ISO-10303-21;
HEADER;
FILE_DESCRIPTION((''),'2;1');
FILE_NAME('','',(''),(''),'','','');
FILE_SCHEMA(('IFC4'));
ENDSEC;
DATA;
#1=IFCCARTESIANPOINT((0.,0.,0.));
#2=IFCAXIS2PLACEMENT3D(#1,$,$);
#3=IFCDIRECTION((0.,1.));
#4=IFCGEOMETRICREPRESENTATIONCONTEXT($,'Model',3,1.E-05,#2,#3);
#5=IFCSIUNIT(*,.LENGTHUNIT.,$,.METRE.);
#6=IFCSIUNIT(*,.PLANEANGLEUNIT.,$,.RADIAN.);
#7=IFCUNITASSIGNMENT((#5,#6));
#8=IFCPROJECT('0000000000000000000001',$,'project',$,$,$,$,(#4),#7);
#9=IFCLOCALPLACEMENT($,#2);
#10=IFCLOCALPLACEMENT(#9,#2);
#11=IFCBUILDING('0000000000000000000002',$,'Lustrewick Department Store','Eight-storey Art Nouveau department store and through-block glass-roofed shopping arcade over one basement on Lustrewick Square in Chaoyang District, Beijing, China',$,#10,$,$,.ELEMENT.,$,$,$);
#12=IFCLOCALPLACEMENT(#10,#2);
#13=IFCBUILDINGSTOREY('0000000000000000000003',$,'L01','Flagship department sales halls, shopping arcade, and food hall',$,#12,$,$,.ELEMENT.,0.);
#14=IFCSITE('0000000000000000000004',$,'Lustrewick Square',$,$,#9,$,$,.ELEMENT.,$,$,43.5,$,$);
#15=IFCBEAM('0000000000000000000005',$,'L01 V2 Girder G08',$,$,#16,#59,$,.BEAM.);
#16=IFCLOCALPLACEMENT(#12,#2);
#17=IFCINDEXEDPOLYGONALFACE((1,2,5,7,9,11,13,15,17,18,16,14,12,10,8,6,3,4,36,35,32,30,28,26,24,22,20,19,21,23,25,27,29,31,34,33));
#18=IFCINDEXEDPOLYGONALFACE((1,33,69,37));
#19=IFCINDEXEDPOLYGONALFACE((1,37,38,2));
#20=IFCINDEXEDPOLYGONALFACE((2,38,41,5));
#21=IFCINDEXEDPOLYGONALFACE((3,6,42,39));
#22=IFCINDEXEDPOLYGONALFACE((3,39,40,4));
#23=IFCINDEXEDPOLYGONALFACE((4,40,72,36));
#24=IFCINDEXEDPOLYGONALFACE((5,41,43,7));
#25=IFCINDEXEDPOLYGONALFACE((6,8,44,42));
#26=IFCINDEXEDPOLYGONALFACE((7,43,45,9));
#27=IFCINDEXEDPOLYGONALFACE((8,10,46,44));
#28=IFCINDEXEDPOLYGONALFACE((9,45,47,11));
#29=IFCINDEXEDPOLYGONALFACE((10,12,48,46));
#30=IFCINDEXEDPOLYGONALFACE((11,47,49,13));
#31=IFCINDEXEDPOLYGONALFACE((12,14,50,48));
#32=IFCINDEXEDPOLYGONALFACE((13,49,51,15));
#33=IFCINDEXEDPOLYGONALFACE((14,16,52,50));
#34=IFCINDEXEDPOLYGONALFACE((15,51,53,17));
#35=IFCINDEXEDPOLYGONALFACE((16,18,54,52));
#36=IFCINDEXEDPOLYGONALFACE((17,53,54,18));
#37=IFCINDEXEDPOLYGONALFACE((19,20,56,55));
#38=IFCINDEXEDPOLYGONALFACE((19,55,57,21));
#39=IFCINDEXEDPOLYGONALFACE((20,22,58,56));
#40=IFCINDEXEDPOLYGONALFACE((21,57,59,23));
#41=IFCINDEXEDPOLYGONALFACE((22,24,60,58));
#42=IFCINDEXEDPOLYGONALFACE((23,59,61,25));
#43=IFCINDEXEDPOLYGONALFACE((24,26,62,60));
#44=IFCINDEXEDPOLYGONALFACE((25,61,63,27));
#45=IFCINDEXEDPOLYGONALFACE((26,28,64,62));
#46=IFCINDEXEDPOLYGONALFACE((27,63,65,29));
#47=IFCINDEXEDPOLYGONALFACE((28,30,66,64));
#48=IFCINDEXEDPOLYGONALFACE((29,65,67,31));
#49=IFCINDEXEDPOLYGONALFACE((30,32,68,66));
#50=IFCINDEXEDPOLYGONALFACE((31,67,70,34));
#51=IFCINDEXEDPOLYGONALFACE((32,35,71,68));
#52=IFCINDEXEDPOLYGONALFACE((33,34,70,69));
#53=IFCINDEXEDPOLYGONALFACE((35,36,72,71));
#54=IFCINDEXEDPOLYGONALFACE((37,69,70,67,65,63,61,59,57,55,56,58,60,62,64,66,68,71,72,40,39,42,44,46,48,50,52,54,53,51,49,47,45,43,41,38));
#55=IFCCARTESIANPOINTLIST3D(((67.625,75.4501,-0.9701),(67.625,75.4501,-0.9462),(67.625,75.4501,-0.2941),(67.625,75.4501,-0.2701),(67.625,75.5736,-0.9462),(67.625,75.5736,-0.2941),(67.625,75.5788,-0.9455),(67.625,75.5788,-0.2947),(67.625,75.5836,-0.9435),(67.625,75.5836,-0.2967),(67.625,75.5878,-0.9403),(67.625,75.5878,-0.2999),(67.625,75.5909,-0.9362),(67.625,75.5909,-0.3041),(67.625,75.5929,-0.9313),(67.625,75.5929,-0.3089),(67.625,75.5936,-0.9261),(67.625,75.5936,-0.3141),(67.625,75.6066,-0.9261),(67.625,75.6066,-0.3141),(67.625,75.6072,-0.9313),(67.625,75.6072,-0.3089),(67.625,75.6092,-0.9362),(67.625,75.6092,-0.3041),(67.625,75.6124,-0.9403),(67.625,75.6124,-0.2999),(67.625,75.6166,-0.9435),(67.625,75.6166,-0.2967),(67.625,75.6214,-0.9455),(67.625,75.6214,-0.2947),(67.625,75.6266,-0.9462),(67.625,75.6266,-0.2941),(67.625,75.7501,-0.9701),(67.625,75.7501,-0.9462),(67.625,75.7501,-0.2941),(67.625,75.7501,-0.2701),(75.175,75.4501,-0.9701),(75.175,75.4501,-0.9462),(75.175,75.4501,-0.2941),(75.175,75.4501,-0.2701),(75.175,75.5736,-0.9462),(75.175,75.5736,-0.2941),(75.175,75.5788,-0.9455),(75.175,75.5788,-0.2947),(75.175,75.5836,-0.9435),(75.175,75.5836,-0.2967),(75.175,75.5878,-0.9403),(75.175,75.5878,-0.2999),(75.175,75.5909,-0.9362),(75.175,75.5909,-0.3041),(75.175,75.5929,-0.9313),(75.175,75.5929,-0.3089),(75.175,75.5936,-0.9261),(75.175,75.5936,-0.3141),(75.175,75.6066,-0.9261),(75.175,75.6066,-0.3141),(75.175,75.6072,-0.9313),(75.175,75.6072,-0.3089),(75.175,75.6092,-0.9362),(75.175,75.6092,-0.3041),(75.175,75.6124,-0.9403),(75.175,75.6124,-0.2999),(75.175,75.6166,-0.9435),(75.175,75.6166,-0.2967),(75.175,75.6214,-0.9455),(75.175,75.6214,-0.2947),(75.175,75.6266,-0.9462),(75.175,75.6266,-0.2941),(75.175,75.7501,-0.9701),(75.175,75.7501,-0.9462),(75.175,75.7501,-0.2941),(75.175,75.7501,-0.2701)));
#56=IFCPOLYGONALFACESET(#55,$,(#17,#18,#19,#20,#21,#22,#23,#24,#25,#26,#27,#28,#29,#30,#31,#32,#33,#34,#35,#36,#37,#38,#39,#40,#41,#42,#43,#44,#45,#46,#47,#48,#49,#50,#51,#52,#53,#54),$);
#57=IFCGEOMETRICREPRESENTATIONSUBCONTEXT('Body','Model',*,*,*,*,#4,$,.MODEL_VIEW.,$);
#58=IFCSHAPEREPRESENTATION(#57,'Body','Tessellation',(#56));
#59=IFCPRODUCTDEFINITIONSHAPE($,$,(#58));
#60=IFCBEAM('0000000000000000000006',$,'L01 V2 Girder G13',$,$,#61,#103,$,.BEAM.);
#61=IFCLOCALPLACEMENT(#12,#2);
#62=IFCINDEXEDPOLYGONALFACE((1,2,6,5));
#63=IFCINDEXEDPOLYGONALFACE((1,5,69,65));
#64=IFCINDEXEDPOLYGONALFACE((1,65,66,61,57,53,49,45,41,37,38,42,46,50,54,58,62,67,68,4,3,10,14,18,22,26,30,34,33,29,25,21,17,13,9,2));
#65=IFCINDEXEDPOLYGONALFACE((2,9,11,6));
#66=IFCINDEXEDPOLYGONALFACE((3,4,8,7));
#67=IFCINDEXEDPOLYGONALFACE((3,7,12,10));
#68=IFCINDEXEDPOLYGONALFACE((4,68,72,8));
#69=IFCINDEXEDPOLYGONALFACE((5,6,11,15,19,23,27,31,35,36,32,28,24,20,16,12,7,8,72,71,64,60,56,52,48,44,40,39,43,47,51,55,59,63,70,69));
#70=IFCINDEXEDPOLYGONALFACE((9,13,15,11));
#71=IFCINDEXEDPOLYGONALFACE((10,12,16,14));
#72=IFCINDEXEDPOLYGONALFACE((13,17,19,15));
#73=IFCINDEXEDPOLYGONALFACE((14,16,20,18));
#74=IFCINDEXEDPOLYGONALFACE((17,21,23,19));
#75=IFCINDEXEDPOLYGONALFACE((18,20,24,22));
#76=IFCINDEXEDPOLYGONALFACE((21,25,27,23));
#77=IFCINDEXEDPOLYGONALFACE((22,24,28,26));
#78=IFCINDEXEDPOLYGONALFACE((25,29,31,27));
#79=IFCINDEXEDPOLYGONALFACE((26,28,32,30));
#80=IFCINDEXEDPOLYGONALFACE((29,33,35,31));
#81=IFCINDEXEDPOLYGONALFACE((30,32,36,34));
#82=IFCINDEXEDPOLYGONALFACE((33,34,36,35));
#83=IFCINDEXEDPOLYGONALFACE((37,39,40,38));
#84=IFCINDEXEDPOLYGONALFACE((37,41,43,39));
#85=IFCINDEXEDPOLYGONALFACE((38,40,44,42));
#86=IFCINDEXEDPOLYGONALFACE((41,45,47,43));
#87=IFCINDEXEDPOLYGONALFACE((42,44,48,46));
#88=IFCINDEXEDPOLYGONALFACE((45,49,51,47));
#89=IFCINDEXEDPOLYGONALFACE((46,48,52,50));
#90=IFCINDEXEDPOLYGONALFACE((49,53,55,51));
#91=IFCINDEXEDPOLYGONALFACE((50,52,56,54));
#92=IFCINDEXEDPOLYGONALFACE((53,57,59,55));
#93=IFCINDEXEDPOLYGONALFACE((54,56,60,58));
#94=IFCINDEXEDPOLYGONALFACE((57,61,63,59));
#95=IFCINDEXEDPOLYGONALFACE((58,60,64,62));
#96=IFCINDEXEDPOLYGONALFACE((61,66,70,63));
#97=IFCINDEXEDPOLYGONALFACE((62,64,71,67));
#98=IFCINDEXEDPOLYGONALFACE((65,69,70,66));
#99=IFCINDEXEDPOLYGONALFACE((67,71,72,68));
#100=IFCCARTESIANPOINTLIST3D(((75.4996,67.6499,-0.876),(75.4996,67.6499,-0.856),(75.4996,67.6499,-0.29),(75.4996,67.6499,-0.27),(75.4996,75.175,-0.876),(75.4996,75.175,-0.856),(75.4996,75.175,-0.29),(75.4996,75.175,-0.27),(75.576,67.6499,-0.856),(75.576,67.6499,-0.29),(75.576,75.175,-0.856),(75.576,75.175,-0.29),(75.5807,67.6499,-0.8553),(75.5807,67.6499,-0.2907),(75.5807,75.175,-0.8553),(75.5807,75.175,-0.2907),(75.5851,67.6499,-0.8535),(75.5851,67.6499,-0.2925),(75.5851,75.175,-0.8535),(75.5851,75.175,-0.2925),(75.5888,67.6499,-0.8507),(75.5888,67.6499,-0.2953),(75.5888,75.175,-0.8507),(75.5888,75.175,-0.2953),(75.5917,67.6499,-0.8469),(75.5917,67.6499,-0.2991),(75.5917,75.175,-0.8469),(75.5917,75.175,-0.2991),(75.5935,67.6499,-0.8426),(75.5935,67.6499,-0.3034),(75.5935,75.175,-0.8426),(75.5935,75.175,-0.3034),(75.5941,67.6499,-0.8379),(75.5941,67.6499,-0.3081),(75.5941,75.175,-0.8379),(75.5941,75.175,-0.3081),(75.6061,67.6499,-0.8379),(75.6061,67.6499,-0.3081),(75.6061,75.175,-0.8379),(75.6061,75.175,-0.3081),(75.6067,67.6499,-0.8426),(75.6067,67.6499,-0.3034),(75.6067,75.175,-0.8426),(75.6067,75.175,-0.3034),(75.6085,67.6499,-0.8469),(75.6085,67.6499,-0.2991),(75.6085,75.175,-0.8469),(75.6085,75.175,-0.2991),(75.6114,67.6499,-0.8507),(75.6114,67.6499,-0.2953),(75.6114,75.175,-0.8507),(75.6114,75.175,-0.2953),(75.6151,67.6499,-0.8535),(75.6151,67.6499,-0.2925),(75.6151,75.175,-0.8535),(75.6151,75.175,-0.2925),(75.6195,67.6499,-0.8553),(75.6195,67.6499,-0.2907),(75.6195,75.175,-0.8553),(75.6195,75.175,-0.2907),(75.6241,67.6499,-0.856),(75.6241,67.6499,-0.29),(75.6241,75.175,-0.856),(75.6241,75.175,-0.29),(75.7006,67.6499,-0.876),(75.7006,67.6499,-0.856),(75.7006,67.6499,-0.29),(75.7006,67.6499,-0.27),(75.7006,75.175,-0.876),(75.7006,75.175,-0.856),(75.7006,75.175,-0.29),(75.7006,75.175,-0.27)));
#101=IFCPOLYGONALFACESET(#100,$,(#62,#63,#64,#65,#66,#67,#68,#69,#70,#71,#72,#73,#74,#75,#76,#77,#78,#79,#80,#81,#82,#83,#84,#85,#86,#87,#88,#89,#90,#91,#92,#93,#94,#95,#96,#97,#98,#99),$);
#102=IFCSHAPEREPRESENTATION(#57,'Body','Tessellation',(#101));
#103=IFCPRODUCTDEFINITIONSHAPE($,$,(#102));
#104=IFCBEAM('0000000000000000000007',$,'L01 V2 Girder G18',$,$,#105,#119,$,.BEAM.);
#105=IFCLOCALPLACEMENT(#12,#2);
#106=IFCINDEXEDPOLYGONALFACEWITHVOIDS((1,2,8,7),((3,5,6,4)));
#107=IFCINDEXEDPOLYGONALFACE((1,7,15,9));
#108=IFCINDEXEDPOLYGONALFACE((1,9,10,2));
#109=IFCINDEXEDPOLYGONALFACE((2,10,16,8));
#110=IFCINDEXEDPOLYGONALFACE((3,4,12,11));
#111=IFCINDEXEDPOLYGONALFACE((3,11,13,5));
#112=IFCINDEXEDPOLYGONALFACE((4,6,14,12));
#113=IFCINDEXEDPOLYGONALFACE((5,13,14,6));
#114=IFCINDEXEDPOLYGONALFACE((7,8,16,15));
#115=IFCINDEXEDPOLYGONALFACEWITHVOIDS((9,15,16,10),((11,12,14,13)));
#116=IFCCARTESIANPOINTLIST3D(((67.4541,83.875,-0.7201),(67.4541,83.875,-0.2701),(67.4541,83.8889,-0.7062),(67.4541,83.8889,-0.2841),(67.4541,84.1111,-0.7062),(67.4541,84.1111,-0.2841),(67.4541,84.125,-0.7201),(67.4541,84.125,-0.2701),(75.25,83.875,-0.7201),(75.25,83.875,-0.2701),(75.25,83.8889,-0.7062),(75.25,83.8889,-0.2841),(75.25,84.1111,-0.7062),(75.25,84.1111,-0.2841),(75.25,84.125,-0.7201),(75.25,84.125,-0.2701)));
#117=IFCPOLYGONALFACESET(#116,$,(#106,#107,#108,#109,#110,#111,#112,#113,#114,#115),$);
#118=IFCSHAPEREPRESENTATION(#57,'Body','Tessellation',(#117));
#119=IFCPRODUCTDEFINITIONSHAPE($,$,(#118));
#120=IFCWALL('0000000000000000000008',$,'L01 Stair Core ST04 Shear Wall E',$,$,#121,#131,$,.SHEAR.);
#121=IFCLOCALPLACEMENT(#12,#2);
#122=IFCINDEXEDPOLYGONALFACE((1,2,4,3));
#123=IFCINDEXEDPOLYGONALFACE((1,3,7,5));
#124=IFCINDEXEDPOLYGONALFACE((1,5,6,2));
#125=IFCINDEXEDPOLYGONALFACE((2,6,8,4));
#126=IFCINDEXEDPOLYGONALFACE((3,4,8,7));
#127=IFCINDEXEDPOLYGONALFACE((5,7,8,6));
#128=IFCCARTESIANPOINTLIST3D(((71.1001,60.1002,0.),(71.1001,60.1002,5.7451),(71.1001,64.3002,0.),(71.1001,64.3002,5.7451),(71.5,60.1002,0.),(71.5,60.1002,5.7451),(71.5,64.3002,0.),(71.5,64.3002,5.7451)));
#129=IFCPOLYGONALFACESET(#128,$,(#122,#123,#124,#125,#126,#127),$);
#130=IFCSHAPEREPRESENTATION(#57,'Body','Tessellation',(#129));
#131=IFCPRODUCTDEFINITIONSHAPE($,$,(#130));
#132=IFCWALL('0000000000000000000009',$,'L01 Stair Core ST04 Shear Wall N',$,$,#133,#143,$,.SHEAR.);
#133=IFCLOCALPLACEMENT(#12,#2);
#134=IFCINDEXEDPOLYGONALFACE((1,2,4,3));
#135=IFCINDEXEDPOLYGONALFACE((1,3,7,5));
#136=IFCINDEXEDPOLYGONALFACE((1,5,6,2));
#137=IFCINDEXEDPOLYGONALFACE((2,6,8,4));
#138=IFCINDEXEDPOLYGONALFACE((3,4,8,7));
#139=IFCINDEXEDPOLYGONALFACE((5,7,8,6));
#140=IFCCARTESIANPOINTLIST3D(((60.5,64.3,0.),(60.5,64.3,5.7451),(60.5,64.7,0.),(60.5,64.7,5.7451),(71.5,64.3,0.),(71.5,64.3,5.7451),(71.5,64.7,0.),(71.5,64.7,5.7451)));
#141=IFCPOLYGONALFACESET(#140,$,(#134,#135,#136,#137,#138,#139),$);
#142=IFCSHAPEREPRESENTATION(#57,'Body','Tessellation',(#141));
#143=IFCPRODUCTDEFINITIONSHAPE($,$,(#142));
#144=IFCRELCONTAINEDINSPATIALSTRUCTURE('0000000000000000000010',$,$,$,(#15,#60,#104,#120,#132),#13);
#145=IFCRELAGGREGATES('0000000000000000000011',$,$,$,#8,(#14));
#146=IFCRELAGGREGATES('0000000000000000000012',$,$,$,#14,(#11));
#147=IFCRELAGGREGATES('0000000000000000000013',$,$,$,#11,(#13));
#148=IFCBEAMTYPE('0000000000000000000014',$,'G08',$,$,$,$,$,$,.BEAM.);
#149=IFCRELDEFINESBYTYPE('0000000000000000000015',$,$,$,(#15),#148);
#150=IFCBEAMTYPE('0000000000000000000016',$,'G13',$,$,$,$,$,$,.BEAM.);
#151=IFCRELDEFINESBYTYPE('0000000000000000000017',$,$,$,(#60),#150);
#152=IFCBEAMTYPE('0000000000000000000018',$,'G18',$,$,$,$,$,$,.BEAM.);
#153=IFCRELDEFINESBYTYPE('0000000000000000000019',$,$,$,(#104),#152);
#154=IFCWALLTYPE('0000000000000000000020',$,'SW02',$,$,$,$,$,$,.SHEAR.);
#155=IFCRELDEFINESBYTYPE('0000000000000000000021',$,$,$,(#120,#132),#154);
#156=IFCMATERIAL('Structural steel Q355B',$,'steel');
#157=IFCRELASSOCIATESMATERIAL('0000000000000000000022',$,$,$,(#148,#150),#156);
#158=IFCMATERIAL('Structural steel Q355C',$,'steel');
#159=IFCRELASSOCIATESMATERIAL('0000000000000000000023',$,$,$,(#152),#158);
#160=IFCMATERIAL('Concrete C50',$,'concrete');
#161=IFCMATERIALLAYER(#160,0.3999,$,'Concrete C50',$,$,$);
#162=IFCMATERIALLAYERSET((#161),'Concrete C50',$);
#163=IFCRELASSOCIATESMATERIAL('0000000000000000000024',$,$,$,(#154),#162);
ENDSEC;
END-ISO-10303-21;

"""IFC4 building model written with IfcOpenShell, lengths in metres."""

from ifc_helpers import new_model, si_unit, direction, frame, frame_2d, origin, origin_2d, place, context, subcontext, project, spatial, rectangle, hollow_rectangle, i_section, extrude, material, layer, layer_set, material_profile, profile_set, type_object, element, save


model = new_model("IFC4")

# Units and contexts
model_context = context("Model", 3, precision=1e-05, world=origin(), true_north=direction((0.0, 1.0)))
body_context = subcontext(model_context, "Body", "Model", "MODEL_VIEW")
ifc_project = project(units=[si_unit("LENGTHUNIT", "METRE"), si_unit("PLANEANGLEUNIT", "RADIAN")], contexts=[model_context])

# Site, building, storey
site_placement = place(None, origin())
site = spatial("IfcSite", under=ifc_project, at=site_placement, Name="Lustrewick Square", CompositionType="ELEMENT", RefElevation=43.5)
building_placement = place(site_placement, origin())
building = spatial("IfcBuilding", under=site, at=building_placement, Name="Lustrewick Department Store", Description="Eight-storey Art Nouveau department store and through-block glass-roofed shopping arcade over one basement on Lustrewick Square in Chaoyang District, Beijing, China", CompositionType="ELEMENT")
storey_placement = place(building_placement, origin())
storey = spatial("IfcBuildingStorey", under=building, at=storey_placement, Name="L01", Description="Flagship department sales halls, shopping arcade, and food hall", CompositionType="ELEMENT", Elevation=0.0)

# Shared definitions
ifc_material_1 = material(Name="Structural steel Q355C", Category="steel")
ifc_material_2 = material(Name="Structural steel Q355B", Category="steel")

# Beams
ifc_material_profile_1 = material_profile(ifc_material_2, i_section(OverallWidth=0.3, OverallDepth=0.7, WebThickness=0.0129, FlangeThickness=0.0239, FilletRadius=0.02, at=origin_2d()), Name="HN 700x300x13x24")
ifc_profile_set_1 = profile_set([ifc_material_profile_1], Name="Structural steel Q355B")
beam_type_1 = type_object("IfcBeamType", Name="G08", PredefinedType="BEAM", material=ifc_profile_set_1)
beam_1_placement = place(storey_placement, frame((67.625, 75.6001, -0.6201), z_axis=(1.0, 0.0, 0.0), x_axis=(0.0, 1.0, 0.0)))
element("IfcBeam", 1, at=beam_1_placement, inside=storey, type_object=beam_type_1, Name="L01 V2 Girder G08", PredefinedType="BEAM", context=body_context, shape_type="SweptSolid", body=[
    extrude(i_section(OverallWidth=0.3, OverallDepth=0.7, WebThickness=0.0129, FlangeThickness=0.0239, FilletRadius=0.02, at=origin_2d()), origin(), (0.0, 0.0, 1.0), 7.55),
])
ifc_material_profile_2 = material_profile(ifc_material_2, i_section(OverallWidth=0.2009, OverallDepth=0.606, WebThickness=0.012, FlangeThickness=0.02, FilletRadius=0.0181, at=origin_2d()), Name="HN 606x201x12x20")
ifc_profile_set_2 = profile_set([ifc_material_profile_2], Name="Structural steel Q355B")
beam_type_2 = type_object("IfcBeamType", Name="G13", PredefinedType="BEAM", material=ifc_profile_set_2)
beam_2_placement = place(storey_placement, frame((75.6001, 67.6499, -0.573), z_axis=(0.0, 1.0, 0.0), x_axis=(-1.0, 0.0, 0.0)))
element("IfcBeam", 2, at=beam_2_placement, inside=storey, type_object=beam_type_2, Name="L01 V2 Girder G13", PredefinedType="BEAM", context=body_context, shape_type="SweptSolid", body=[
    extrude(i_section(OverallWidth=0.2009, OverallDepth=0.606, WebThickness=0.012, FlangeThickness=0.02, FilletRadius=0.0181, at=origin_2d()), origin(), (0.0, 0.0, 1.0), 7.5251),
])
ifc_material_profile_3 = material_profile(ifc_material_1, hollow_rectangle(XDim=0.25, YDim=0.45, WallThickness=0.0139, at=origin_2d()), Name="RHS 450x250x14")
ifc_profile_set_3 = profile_set([ifc_material_profile_3], Name="Structural steel Q355C")
beam_type_3 = type_object("IfcBeamType", Name="G18", PredefinedType="BEAM", material=ifc_profile_set_3)
beam_3_placement = place(storey_placement, frame((67.4541, 84.0, -0.4951), z_axis=(1.0, 0.0, 0.0), x_axis=(0.0, 1.0, 0.0)))
element("IfcBeam", 3, at=beam_3_placement, inside=storey, type_object=beam_type_3, Name="L01 V2 Girder G18", PredefinedType="BEAM", context=body_context, shape_type="SweptSolid", body=[
    extrude(hollow_rectangle(XDim=0.25, YDim=0.45, WallThickness=0.0139, at=origin_2d()), origin(), (0.0, 0.0, 1.0), 7.7959),
])

# Walls
ifc_material_3 = material(Name="Concrete C50", Category="concrete")
ifc_layer = layer(ifc_material_3, 0.3999, Name="Concrete C50")
ifc_layer_set = layer_set([ifc_layer], Name="Concrete C50")
wall_type = type_object("IfcWallType", Name="SW02", PredefinedType="SHEAR", material=ifc_layer_set)
wall_1_placement = place(storey_placement, frame((71.3, 60.1001, 0.0), z_axis=(0.0, 0.0, 1.0), x_axis=(0.0, 1.0, 0.0)))
element("IfcWall", 4, at=wall_1_placement, inside=storey, type_object=wall_type, Name="L01 Stair Core ST04 Shear Wall E", PredefinedType="SHEAR", context=body_context, shape_type="SweptSolid", body=[
    extrude(rectangle(XDim=4.2, YDim=0.3999, at=frame_2d((2.1001, 0.0))), origin(), (0.0, 0.0, 1.0), 5.7451),
])
wall_2_placement = place(storey_placement, frame((71.5, 64.5, 0.0), z_axis=(0.0, 0.0, 1.0), x_axis=(-1.0, 0.0, 0.0)))
element("IfcWall", 5, at=wall_2_placement, inside=storey, type_object=wall_type, Name="L01 Stair Core ST04 Shear Wall N", PredefinedType="SHEAR", context=body_context, shape_type="SweptSolid", body=[
    extrude(rectangle(XDim=11.0, YDim=0.3999, at=frame_2d((5.5, 0.0))), origin(), (0.0, 0.0, 1.0), 5.7451),
])

save(model, "model.ifc")
